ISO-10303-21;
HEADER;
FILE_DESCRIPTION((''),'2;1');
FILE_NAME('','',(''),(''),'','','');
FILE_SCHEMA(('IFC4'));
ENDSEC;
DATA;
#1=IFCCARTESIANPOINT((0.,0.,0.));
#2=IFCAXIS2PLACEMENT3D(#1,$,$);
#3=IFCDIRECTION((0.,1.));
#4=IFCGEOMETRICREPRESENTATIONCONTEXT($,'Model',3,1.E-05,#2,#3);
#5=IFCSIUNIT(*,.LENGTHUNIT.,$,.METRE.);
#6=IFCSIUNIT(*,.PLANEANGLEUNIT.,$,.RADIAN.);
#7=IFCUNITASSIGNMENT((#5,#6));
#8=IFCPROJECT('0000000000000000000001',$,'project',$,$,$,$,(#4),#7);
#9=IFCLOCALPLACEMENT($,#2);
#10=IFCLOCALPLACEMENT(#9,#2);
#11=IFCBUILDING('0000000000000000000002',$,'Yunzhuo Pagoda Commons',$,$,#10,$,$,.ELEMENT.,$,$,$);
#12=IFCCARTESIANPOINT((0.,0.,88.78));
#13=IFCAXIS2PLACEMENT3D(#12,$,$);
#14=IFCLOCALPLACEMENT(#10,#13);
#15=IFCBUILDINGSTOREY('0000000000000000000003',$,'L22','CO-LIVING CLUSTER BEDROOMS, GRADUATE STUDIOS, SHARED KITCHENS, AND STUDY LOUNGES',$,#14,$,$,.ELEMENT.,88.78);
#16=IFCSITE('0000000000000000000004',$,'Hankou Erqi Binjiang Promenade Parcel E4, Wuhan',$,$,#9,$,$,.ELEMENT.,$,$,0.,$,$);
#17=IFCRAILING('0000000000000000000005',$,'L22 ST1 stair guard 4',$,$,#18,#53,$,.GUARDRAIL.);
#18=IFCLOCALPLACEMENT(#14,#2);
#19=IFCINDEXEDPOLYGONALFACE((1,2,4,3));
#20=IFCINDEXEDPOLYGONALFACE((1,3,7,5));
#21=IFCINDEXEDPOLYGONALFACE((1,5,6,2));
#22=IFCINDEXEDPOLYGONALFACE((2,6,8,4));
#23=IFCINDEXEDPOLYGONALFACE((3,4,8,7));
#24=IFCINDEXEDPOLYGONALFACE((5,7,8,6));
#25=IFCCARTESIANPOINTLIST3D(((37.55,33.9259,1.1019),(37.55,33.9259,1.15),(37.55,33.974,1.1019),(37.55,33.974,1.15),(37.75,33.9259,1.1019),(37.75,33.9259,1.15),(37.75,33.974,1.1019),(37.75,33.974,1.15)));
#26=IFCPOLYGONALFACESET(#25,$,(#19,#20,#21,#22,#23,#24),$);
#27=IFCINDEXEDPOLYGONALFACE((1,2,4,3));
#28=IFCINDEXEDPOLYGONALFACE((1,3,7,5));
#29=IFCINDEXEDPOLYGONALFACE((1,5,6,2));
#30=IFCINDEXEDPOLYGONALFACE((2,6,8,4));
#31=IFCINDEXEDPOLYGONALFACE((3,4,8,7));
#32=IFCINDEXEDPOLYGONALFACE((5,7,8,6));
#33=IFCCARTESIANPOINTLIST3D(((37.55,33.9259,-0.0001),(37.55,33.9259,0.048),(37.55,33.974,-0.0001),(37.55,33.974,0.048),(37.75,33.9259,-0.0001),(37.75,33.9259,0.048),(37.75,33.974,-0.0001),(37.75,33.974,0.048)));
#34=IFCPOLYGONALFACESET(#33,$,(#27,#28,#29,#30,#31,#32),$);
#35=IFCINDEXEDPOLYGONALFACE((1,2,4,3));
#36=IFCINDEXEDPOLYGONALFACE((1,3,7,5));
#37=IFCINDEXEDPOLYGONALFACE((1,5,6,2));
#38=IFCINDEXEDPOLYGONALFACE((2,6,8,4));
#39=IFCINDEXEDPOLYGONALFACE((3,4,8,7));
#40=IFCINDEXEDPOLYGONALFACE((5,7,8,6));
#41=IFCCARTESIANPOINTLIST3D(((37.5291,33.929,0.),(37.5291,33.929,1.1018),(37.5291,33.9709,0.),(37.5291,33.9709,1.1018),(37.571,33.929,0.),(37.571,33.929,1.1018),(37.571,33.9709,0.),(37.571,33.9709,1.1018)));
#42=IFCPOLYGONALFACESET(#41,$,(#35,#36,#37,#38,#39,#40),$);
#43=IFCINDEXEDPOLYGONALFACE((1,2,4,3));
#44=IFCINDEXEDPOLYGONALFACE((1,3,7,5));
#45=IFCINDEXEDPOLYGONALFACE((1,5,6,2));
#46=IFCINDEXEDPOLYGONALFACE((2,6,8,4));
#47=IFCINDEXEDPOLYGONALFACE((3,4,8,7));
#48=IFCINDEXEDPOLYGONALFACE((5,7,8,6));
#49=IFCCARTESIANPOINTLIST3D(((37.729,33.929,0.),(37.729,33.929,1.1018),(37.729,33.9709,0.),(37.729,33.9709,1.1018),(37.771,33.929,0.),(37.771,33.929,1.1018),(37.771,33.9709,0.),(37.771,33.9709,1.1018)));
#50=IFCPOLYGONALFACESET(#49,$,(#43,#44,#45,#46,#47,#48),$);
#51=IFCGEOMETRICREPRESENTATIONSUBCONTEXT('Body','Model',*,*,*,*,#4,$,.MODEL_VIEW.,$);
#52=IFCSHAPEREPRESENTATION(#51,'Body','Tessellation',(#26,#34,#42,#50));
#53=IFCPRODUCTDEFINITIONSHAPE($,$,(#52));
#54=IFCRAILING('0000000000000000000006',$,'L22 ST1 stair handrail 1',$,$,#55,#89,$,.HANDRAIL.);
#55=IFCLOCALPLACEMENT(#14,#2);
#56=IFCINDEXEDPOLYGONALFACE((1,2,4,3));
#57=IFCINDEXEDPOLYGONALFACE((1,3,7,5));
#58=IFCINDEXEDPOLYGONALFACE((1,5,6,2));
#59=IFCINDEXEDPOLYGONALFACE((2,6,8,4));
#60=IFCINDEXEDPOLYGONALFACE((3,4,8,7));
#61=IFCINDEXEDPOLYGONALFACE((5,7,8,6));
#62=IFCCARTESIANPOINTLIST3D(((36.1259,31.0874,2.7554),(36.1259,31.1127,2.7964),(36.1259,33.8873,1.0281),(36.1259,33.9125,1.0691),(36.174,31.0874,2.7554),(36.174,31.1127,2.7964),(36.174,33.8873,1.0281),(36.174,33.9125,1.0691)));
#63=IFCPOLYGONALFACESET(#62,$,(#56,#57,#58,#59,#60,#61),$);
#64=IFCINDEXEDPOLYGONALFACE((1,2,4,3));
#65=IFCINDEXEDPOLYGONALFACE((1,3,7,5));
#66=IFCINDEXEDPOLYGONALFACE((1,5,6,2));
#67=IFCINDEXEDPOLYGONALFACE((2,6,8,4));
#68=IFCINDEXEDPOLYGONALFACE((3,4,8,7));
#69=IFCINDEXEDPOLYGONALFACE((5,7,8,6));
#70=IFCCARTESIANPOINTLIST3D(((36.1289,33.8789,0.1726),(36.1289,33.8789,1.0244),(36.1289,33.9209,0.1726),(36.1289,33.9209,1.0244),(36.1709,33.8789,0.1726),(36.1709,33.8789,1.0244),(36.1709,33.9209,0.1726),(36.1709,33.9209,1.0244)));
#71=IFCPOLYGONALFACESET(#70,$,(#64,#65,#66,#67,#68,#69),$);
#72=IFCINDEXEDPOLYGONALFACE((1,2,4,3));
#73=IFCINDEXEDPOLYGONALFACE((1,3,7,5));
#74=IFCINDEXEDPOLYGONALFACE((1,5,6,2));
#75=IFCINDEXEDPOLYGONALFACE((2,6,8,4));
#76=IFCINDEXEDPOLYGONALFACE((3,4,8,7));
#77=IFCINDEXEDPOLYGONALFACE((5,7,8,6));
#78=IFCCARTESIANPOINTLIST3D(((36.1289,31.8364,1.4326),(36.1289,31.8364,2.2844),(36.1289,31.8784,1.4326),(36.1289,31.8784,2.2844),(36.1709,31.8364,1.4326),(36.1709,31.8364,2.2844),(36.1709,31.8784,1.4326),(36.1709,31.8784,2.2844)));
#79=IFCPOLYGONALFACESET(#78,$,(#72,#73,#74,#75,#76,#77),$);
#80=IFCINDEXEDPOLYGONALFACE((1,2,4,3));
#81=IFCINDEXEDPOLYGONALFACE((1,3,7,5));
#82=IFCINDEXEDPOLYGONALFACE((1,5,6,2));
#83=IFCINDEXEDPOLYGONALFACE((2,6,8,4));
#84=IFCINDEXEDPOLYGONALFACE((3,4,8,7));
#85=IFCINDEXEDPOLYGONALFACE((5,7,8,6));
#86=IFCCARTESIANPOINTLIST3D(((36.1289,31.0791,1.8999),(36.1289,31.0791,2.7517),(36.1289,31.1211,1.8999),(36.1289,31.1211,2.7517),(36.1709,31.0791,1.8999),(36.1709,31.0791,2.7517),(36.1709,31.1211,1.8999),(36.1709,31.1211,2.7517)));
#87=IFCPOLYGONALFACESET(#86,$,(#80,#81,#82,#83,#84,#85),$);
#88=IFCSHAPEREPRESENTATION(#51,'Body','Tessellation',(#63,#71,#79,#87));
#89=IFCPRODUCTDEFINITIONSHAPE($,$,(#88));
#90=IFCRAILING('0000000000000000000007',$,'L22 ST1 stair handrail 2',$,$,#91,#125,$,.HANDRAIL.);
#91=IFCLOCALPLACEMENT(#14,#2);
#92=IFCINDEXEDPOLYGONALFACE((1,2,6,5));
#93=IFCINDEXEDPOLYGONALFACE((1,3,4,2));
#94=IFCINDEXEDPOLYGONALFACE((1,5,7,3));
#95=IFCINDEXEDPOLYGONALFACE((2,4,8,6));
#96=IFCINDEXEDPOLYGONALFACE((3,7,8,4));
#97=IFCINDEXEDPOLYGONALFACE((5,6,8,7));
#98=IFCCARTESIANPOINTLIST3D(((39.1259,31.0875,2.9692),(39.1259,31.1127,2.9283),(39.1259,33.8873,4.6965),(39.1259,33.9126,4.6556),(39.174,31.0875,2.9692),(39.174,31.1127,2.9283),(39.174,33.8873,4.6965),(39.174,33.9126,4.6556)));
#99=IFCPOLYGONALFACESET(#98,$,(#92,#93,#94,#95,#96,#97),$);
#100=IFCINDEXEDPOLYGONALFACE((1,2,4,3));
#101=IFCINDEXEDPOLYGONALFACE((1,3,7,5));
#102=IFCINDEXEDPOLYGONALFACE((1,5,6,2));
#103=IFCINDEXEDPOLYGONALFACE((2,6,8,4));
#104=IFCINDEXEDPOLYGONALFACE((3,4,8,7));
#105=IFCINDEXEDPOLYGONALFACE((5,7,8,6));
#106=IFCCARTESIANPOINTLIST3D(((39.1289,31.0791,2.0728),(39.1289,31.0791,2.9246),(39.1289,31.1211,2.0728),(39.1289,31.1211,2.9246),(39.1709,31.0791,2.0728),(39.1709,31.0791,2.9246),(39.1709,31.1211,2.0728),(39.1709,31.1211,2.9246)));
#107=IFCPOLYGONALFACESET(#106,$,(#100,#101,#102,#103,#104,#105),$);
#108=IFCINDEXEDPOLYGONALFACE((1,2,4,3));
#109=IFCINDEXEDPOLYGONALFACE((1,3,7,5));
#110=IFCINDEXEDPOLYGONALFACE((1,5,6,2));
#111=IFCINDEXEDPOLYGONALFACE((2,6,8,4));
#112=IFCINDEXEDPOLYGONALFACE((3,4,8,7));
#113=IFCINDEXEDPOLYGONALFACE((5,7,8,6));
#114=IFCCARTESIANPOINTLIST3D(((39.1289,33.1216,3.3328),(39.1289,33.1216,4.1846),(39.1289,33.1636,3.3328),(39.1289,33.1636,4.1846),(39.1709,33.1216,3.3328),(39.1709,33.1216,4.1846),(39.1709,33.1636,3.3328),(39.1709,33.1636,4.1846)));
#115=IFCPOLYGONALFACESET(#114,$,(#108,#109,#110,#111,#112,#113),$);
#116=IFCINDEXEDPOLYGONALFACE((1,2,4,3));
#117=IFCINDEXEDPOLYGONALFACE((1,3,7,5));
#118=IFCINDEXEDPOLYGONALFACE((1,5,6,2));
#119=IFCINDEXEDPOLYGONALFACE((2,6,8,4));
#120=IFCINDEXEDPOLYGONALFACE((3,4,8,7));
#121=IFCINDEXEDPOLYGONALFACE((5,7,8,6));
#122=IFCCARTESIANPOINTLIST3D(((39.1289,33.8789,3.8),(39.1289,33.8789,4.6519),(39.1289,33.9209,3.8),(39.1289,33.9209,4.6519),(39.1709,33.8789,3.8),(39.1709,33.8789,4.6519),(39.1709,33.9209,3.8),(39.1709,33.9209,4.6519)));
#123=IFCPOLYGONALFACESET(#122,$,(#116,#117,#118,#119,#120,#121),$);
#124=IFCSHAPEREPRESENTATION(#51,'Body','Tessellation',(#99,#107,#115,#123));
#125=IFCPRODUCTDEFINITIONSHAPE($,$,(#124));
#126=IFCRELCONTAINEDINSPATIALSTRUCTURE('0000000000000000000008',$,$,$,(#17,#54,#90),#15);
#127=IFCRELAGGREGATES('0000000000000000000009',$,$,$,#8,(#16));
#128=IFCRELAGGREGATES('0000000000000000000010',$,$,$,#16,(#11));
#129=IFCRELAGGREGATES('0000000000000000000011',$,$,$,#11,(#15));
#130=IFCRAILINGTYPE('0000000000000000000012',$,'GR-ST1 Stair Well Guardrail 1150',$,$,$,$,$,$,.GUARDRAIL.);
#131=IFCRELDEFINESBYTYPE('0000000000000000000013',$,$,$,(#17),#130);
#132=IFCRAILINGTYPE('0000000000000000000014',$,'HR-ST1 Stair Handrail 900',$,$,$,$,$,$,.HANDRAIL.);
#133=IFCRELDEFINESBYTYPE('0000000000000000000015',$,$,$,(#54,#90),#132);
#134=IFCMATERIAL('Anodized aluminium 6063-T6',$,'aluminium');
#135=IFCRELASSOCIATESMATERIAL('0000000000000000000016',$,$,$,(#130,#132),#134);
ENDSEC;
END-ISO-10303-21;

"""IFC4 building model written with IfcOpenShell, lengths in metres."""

from ifc_helpers import new_model, si_unit, direction, frame, origin, origin_2d, place, context, subcontext, project, spatial, rectangle, extrude, material, type_object, element, save


model = new_model("IFC4")

# Units and contexts
model_context = context("Model", 3, precision=1e-05, world=origin(), true_north=direction((0.0, 1.0)))
body_context = subcontext(model_context, "Body", "Model", "MODEL_VIEW")
ifc_project = project(units=[si_unit("LENGTHUNIT", "METRE"), si_unit("PLANEANGLEUNIT", "RADIAN")], contexts=[model_context])

# Site, building, storey
site_placement = place(None, origin())
site = spatial("IfcSite", under=ifc_project, at=site_placement, Name="Hankou Erqi Binjiang Promenade Parcel E4, Wuhan", CompositionType="ELEMENT", RefElevation=0.0)
building_placement = place(site_placement, origin())
building = spatial("IfcBuilding", under=site, at=building_placement, Name="Yunzhuo Pagoda Commons", CompositionType="ELEMENT")
storey_placement = place(building_placement, frame((0.0, 0.0, 88.78)))
storey = spatial("IfcBuildingStorey", under=building, at=storey_placement, Name="L22", Description="CO-LIVING CLUSTER BEDROOMS, GRADUATE STUDIOS, SHARED KITCHENS, AND STUDY LOUNGES", CompositionType="ELEMENT", Elevation=88.78)

# Railings
ifc_material_1 = material(Name="Anodized aluminium 6063-T6", Category="aluminium")
railing_type_1 = type_object("IfcRailingType", Name="GR-ST1 Stair Well Guardrail 1150", PredefinedType="GUARDRAIL", material=ifc_material_1)
railing_1_placement = place(storey_placement, frame((37.55, 33.95, 0.0)))
element("IfcRailing", 1, at=railing_1_placement, inside=storey, type_object=railing_type_1, Name="L22 ST1 stair guard 4", PredefinedType="GUARDRAIL", context=body_context, shape_type="SweptSolid", body=[
    extrude(rectangle(XDim=0.0481, YDim=0.0481, at=origin_2d()), frame((0.0, 0.0, 1.126), z_axis=(1.0, 0.0, 0.0), x_axis=(0.0, 1.0, 0.0)), (0.0, 0.0, 1.0), 0.2),
    extrude(rectangle(XDim=0.0481, YDim=0.0481, at=origin_2d()), frame((0.0, 0.0, 0.0239), z_axis=(1.0, 0.0, 0.0), x_axis=(0.0, 1.0, 0.0)), (0.0, 0.0, 1.0), 0.2),
    extrude(rectangle(XDim=0.042, YDim=0.042, at=origin_2d()), origin(), (0.0, 0.0, 1.0), 1.1018),
    extrude(rectangle(XDim=0.042, YDim=0.042, at=origin_2d()), frame((0.2, 0.0, 0.0)), (0.0, 0.0, 1.0), 1.1018),
])
railing_type_2 = type_object("IfcRailingType", Name="HR-ST1 Stair Handrail 900", PredefinedType="HANDRAIL", material=ifc_material_1)
railing_2_placement = place(storey_placement, frame((36.1499, 33.8999, 0.1726)))
element("IfcRailing", 2, at=railing_2_placement, inside=storey, type_object=railing_type_2, Name="L22 ST1 stair handrail 1", PredefinedType="HANDRAIL", context=body_context, shape_type="SweptSolid", body=[
    extrude(rectangle(XDim=0.0481, YDim=0.0481, at=origin_2d()), frame((0.0, 0.0, 0.876), z_axis=(0.0, -0.851069, 0.525054), x_axis=(1.0, 0.0, 0.0)), (0.0, 0.0, 1.0), 3.2898),
    extrude(rectangle(XDim=0.042, YDim=0.042, at=origin_2d()), origin(), (0.0, 0.0, 1.0), 0.8518),
    extrude(rectangle(XDim=0.042, YDim=0.042, at=origin_2d()), frame((0.0, -2.0425, 1.26)), (0.0, 0.0, 1.0), 0.8518),
    extrude(rectangle(XDim=0.042, YDim=0.042, at=origin_2d()), frame((0.0, -2.7998, 1.7273)), (0.0, 0.0, 1.0), 0.8518),
])
railing_3_placement = place(storey_placement, frame((39.1499, 31.1001, 2.0728)))
element("IfcRailing", 3, at=railing_3_placement, inside=storey, type_object=railing_type_2, Name="L22 ST1 stair handrail 2", PredefinedType="HANDRAIL", context=body_context, shape_type="SweptSolid", body=[
    extrude(rectangle(XDim=0.0481, YDim=0.0481, at=origin_2d()), frame((0.0, 0.0, 0.876), z_axis=(0.0, 0.851069, 0.525054), x_axis=(-1.0, 0.0, 0.0)), (0.0, 0.0, 1.0), 3.2898),
    extrude(rectangle(XDim=0.042, YDim=0.042, at=origin_2d()), origin(), (0.0, 0.0, 1.0), 0.8518),
    extrude(rectangle(XDim=0.042, YDim=0.042, at=origin_2d()), frame((0.0, 2.0425, 1.26)), (0.0, 0.0, 1.0), 0.8518),
    extrude(rectangle(XDim=0.042, YDim=0.042, at=origin_2d()), frame((0.0, 2.7998, 1.7273)), (0.0, 0.0, 1.0), 0.8518),
])

save(model, "model.ifc")
